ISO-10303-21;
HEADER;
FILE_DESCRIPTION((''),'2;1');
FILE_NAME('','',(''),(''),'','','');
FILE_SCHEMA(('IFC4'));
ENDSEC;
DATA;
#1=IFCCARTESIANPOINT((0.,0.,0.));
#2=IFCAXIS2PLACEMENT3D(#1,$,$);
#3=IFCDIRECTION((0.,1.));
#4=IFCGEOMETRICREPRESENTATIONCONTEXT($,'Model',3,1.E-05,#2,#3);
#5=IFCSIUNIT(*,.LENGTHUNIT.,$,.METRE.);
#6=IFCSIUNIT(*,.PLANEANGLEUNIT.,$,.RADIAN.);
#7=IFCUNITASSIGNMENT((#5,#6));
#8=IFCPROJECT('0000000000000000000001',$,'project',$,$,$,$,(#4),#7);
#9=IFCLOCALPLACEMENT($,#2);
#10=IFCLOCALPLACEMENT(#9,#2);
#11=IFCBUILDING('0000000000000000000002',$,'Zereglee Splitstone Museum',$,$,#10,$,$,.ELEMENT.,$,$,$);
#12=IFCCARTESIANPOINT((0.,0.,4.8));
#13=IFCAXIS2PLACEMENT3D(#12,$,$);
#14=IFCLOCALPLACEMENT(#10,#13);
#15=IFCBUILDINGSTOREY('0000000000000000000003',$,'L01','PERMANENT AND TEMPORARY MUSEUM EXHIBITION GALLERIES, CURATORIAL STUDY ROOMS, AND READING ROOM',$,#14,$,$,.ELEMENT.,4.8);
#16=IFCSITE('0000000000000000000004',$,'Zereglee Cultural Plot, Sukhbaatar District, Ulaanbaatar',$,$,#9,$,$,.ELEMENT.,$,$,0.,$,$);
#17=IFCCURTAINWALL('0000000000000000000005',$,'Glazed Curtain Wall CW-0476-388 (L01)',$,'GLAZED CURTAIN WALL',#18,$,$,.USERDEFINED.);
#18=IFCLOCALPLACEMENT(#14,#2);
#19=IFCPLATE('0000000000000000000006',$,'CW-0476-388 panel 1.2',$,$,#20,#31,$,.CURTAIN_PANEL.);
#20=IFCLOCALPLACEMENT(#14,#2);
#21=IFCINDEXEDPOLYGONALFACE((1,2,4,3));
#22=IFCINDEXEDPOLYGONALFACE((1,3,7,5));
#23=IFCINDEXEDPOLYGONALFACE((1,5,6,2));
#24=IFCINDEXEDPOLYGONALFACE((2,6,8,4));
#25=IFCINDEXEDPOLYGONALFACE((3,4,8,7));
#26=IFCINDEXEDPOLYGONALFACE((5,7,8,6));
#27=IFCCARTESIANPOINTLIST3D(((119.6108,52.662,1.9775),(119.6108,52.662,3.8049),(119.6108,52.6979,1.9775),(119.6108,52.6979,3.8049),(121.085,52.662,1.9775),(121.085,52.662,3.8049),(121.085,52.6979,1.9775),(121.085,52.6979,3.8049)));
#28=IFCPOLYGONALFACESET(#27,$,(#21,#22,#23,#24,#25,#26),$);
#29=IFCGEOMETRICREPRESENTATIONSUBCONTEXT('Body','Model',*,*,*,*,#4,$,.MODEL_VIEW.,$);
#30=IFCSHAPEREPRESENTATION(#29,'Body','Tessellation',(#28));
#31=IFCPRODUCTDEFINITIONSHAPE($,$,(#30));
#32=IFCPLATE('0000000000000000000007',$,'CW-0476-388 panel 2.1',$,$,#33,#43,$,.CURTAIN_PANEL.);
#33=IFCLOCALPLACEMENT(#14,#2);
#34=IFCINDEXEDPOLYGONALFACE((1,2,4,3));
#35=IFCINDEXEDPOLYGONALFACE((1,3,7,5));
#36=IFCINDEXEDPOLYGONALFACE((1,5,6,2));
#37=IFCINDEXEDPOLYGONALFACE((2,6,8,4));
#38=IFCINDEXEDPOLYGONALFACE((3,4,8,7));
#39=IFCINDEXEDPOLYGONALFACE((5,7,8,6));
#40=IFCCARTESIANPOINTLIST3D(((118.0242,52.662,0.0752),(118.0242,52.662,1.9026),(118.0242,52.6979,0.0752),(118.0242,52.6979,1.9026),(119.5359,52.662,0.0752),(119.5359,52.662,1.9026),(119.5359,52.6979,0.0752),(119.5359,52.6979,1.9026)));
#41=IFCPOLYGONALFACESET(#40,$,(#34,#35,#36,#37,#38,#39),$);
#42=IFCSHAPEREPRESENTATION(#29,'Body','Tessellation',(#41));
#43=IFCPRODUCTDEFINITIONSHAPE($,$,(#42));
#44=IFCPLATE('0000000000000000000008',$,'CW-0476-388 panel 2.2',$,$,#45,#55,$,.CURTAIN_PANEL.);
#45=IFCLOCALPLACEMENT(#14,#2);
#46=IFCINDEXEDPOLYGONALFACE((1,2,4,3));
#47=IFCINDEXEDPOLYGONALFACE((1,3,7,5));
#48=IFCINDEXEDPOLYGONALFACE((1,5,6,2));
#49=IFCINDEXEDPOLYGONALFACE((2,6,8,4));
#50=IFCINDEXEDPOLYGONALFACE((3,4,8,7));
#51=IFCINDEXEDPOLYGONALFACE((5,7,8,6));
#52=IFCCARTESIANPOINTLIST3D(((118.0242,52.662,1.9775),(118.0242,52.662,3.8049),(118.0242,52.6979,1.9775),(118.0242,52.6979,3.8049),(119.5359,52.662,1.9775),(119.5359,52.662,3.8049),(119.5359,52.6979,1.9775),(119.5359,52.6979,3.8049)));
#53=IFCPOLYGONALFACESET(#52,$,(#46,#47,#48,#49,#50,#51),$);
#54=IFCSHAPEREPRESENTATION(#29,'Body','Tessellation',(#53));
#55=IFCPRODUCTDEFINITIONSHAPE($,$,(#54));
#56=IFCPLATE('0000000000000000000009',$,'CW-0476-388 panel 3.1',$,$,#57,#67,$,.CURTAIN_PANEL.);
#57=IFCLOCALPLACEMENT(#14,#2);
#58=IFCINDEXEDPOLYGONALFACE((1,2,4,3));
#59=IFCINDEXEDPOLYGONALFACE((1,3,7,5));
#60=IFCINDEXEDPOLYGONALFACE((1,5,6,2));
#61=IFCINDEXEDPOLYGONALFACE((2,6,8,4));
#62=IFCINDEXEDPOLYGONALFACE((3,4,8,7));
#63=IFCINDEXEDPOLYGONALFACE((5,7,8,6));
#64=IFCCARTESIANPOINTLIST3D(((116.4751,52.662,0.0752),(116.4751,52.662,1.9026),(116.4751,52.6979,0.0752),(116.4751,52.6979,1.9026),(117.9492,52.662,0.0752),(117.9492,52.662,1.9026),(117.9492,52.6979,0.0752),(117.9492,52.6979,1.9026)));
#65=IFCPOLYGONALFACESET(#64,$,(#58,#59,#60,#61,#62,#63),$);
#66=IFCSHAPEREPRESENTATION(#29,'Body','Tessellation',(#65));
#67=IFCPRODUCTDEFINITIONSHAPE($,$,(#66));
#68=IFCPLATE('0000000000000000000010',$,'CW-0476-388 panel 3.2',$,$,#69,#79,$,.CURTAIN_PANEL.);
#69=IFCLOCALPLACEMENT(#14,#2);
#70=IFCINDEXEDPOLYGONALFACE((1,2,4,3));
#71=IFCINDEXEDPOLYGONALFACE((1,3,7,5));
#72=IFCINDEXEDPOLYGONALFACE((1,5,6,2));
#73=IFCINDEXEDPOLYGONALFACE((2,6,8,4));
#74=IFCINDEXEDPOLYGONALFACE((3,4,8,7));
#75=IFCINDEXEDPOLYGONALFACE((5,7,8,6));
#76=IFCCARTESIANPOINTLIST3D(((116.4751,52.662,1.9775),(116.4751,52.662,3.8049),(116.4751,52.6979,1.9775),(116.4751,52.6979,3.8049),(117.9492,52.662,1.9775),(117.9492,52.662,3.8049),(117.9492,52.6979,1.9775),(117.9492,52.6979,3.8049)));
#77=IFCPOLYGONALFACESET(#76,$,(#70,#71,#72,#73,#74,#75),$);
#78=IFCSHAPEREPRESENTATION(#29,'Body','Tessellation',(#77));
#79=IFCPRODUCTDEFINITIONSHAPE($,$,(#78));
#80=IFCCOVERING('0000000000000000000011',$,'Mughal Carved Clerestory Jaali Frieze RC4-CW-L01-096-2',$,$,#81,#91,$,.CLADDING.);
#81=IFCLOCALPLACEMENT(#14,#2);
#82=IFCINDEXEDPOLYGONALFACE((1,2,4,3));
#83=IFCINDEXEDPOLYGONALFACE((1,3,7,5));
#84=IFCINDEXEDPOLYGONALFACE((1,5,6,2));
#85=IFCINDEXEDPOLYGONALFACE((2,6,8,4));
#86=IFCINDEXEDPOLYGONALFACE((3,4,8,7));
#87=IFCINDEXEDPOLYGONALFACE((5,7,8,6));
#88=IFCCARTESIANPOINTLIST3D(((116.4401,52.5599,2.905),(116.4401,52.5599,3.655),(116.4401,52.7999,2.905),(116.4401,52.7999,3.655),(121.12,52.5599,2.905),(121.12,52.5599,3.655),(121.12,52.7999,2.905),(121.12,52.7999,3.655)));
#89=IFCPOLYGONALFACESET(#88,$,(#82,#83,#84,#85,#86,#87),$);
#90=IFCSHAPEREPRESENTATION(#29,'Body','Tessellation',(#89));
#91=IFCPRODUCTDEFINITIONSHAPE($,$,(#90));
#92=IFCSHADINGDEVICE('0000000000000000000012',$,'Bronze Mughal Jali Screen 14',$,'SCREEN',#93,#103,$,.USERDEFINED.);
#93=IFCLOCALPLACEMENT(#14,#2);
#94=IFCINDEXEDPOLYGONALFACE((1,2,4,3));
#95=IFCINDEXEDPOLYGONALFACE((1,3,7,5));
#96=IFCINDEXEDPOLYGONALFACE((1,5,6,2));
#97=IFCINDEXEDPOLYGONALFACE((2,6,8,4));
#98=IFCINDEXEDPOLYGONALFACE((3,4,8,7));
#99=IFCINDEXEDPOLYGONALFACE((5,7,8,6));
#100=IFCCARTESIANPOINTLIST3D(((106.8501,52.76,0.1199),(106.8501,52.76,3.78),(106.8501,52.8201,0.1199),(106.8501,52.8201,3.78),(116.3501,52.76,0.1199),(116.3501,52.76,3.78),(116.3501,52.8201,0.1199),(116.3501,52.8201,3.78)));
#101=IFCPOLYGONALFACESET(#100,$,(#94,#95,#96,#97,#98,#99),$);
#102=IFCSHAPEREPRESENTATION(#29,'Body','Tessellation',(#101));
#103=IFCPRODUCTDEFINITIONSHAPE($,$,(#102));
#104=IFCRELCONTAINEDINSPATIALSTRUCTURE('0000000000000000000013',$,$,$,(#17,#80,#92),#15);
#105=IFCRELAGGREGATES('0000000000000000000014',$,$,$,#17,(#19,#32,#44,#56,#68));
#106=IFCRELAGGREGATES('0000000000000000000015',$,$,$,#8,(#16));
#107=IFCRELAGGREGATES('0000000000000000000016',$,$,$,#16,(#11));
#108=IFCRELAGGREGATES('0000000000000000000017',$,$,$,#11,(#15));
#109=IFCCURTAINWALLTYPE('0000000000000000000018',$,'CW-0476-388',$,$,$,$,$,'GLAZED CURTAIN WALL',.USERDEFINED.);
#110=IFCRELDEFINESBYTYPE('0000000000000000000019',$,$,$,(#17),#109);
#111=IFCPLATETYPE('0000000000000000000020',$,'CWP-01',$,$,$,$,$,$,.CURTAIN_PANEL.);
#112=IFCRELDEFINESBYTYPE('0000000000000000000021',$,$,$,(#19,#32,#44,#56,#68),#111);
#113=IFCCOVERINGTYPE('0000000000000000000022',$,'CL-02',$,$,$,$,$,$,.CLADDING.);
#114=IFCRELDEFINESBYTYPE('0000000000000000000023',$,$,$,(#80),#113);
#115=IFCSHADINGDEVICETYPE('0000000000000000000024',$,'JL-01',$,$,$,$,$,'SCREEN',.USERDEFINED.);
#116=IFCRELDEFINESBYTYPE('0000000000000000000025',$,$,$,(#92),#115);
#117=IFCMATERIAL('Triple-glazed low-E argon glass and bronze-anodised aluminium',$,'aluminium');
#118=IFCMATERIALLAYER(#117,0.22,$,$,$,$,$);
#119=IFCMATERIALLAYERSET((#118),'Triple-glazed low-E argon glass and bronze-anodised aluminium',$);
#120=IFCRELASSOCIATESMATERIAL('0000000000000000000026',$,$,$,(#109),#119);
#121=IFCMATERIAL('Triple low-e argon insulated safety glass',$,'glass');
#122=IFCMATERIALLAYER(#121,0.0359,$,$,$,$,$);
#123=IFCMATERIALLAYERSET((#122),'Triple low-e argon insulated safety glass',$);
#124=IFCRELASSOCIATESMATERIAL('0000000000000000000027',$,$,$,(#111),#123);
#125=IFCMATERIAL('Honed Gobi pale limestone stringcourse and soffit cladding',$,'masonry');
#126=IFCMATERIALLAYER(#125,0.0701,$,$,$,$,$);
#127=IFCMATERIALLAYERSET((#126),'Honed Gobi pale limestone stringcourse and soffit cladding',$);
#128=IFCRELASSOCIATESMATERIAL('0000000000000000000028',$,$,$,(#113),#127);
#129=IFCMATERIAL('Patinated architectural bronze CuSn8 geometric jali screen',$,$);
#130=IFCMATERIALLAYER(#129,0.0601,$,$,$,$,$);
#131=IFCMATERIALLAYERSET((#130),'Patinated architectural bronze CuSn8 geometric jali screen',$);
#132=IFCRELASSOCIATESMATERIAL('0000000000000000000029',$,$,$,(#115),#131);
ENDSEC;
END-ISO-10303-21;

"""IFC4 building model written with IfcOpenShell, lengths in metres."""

from ifc_helpers import new_model, si_unit, direction, frame, origin, origin_2d, place, context, subcontext, project, spatial, polyline, rectangle, outline, extrude, material, layer, layer_set, type_object, element, aggregate, save


model = new_model("IFC4")

# Units and contexts
model_context = context("Model", 3, precision=1e-05, world=origin(), true_north=direction((0.0, 1.0)))
body_context = subcontext(model_context, "Body", "Model", "MODEL_VIEW")
ifc_project = project(units=[si_unit("LENGTHUNIT", "METRE"), si_unit("PLANEANGLEUNIT", "RADIAN")], contexts=[model_context])

# Site, building, storey
site_placement = place(None, origin())
site = spatial("IfcSite", under=ifc_project, at=site_placement, Name="Zereglee Cultural Plot, Sukhbaatar District, Ulaanbaatar", CompositionType="ELEMENT", RefElevation=0.0)
building_placement = place(site_placement, origin())
building = spatial("IfcBuilding", under=site, at=building_placement, Name="Zereglee Splitstone Museum", CompositionType="ELEMENT")
storey_placement = place(building_placement, frame((0.0, 0.0, 4.8)))
storey = spatial("IfcBuildingStorey", under=building, at=storey_placement, Name="L01", Description="PERMANENT AND TEMPORARY MUSEUM EXHIBITION GALLERIES, CURATORIAL STUDY ROOMS, AND READING ROOM", CompositionType="ELEMENT", Elevation=4.8)

# Curtain wall
ifc_material_1 = material(Name="Triple-glazed low-E argon glass and bronze-anodised aluminium", Category="aluminium")
ifc_layer_1 = layer(ifc_material_1, 0.22)
ifc_layer_set_1 = layer_set([ifc_layer_1], Name="Triple-glazed low-E argon glass and bronze-anodised aluminium")
curtain_wall_type_1 = type_object("IfcCurtainWallType", Name="CW-0476-388", ElementType="GLAZED CURTAIN WALL", PredefinedType="USERDEFINED", material=ifc_layer_set_1)
curtain_wall_1_placement = place(storey_placement, origin())
curtain_wall_1 = element("IfcCurtainWall", 1, at=curtain_wall_1_placement, inside=storey, type_object=curtain_wall_type_1, Name="Glazed Curtain Wall CW-0476-388 (L01)", ObjectType="GLAZED CURTAIN WALL", PredefinedType="USERDEFINED")

# Plates
ifc_material_2 = material(Name="Triple low-e argon insulated safety glass", Category="glass")
ifc_layer_2 = layer(ifc_material_2, 0.0359)
ifc_layer_set_2 = layer_set([ifc_layer_2], Name="Triple low-e argon insulated safety glass")
plate_type = type_object("IfcPlateType", Name="CWP-01", PredefinedType="CURTAIN_PANEL", material=ifc_layer_set_2)
plate_1_placement = place(storey_placement, frame((120.3479, 52.6799, 1.9775), z_axis=(0.0, 0.0, 1.0), x_axis=(-1.0, 0.0, 0.0)))
plate_1 = element("IfcPlate", 2, at=plate_1_placement, type_object=plate_type, Name="CW-0476-388 panel 1.2", PredefinedType="CURTAIN_PANEL", context=body_context, shape_type="SweptSolid", body=[
    extrude(rectangle(XDim=1.4741, YDim=0.0359, at=origin_2d()), origin(), (0.0, 0.0, 1.0), 1.8274),
])
plate_2_placement = place(storey_placement, frame((118.78, 52.6799, 0.0752), z_axis=(0.0, 0.0, 1.0), x_axis=(-1.0, 0.0, 0.0)))
plate_2 = element("IfcPlate", 3, at=plate_2_placement, type_object=plate_type, Name="CW-0476-388 panel 2.1", PredefinedType="CURTAIN_PANEL", context=body_context, shape_type="SweptSolid", body=[
    extrude(rectangle(XDim=1.5117, YDim=0.0359, at=origin_2d()), origin(), (0.0, 0.0, 1.0), 1.8274),
])
plate_3_placement = place(storey_placement, frame((118.78, 52.6799, 1.9775), z_axis=(0.0, 0.0, 1.0), x_axis=(-1.0, 0.0, 0.0)))
plate_3 = element("IfcPlate", 4, at=plate_3_placement, type_object=plate_type, Name="CW-0476-388 panel 2.2", PredefinedType="CURTAIN_PANEL", context=body_context, shape_type="SweptSolid", body=[
    extrude(rectangle(XDim=1.5117, YDim=0.0359, at=origin_2d()), origin(), (0.0, 0.0, 1.0), 1.8274),
])
plate_4_placement = place(storey_placement, frame((117.2122, 52.6799, 0.0752), z_axis=(0.0, 0.0, 1.0), x_axis=(-1.0, 0.0, 0.0)))
plate_4 = element("IfcPlate", 5, at=plate_4_placement, type_object=plate_type, Name="CW-0476-388 panel 3.1", PredefinedType="CURTAIN_PANEL", context=body_context, shape_type="SweptSolid", body=[
    extrude(rectangle(XDim=1.4741, YDim=0.0359, at=origin_2d()), origin(), (0.0, 0.0, 1.0), 1.8274),
])
plate_5_placement = place(storey_placement, frame((117.2122, 52.6799, 1.9775), z_axis=(0.0, 0.0, 1.0), x_axis=(-1.0, 0.0, 0.0)))
plate_5 = element("IfcPlate", 6, at=plate_5_placement, type_object=plate_type, Name="CW-0476-388 panel 3.2", PredefinedType="CURTAIN_PANEL", context=body_context, shape_type="SweptSolid", body=[
    extrude(rectangle(XDim=1.4741, YDim=0.0359, at=origin_2d()), origin(), (0.0, 0.0, 1.0), 1.8274),
])
aggregate(curtain_wall_1, [plate_1, plate_2, plate_3, plate_4, plate_5])

# Covering
ifc_material_3 = material(Name="Honed Gobi pale limestone stringcourse and soffit cladding", Category="masonry")
ifc_layer_3 = layer(ifc_material_3, 0.0701)
ifc_layer_set_3 = layer_set([ifc_layer_3], Name="Honed Gobi pale limestone stringcourse and soffit cladding")
covering_type = type_object("IfcCoveringType", Name="CL-02", PredefinedType="CLADDING", material=ifc_layer_set_3)
covering_placement = place(storey_placement, frame((118.78, 52.6799, 2.905), z_axis=(0.0, 0.0, 1.0), x_axis=(-1.0, 0.0, 0.0)))
element("IfcCovering", 7, at=covering_placement, inside=storey, type_object=covering_type, Name="Mughal Carved Clerestory Jaali Frieze RC4-CW-L01-096-2", PredefinedType="CLADDING", context=body_context, shape_type="SweptSolid", body=[
    extrude(rectangle(XDim=4.6799, YDim=0.24, at=origin_2d()), origin(), (0.0, 0.0, 1.0), 0.75),
])

# Shading device
ifc_material_4 = material(Name="Patinated architectural bronze CuSn8 geometric jali screen")
ifc_layer_4 = layer(ifc_material_4, 0.0601)
ifc_layer_set_4 = layer_set([ifc_layer_4], Name="Patinated architectural bronze CuSn8 geometric jali screen")
shading_device_type = type_object("IfcShadingDeviceType", Name="JL-01", ElementType="SCREEN", PredefinedType="USERDEFINED", material=ifc_layer_set_4)
shading_device_placement = place(storey_placement, frame((116.3501, 52.76, 0.1199), z_axis=(0.0, 1.0, 0.0), x_axis=(-1.0, 0.0, 0.0)))
element("IfcShadingDevice", 8, at=shading_device_placement, inside=storey, type_object=shading_device_type, Name="Bronze Mughal Jali Screen 14", ObjectType="SCREEN", PredefinedType="USERDEFINED", context=body_context, shape_type="SweptSolid", body=[
    extrude(outline(polyline([(0.0, 0.0), (9.5, 0.0), (9.5, 3.6602), (0.0, 3.6602), (0.0, 0.0)])), origin(), (0.0, 0.0, 1.0), 0.0601),
])

save(model, "model.ifc")
